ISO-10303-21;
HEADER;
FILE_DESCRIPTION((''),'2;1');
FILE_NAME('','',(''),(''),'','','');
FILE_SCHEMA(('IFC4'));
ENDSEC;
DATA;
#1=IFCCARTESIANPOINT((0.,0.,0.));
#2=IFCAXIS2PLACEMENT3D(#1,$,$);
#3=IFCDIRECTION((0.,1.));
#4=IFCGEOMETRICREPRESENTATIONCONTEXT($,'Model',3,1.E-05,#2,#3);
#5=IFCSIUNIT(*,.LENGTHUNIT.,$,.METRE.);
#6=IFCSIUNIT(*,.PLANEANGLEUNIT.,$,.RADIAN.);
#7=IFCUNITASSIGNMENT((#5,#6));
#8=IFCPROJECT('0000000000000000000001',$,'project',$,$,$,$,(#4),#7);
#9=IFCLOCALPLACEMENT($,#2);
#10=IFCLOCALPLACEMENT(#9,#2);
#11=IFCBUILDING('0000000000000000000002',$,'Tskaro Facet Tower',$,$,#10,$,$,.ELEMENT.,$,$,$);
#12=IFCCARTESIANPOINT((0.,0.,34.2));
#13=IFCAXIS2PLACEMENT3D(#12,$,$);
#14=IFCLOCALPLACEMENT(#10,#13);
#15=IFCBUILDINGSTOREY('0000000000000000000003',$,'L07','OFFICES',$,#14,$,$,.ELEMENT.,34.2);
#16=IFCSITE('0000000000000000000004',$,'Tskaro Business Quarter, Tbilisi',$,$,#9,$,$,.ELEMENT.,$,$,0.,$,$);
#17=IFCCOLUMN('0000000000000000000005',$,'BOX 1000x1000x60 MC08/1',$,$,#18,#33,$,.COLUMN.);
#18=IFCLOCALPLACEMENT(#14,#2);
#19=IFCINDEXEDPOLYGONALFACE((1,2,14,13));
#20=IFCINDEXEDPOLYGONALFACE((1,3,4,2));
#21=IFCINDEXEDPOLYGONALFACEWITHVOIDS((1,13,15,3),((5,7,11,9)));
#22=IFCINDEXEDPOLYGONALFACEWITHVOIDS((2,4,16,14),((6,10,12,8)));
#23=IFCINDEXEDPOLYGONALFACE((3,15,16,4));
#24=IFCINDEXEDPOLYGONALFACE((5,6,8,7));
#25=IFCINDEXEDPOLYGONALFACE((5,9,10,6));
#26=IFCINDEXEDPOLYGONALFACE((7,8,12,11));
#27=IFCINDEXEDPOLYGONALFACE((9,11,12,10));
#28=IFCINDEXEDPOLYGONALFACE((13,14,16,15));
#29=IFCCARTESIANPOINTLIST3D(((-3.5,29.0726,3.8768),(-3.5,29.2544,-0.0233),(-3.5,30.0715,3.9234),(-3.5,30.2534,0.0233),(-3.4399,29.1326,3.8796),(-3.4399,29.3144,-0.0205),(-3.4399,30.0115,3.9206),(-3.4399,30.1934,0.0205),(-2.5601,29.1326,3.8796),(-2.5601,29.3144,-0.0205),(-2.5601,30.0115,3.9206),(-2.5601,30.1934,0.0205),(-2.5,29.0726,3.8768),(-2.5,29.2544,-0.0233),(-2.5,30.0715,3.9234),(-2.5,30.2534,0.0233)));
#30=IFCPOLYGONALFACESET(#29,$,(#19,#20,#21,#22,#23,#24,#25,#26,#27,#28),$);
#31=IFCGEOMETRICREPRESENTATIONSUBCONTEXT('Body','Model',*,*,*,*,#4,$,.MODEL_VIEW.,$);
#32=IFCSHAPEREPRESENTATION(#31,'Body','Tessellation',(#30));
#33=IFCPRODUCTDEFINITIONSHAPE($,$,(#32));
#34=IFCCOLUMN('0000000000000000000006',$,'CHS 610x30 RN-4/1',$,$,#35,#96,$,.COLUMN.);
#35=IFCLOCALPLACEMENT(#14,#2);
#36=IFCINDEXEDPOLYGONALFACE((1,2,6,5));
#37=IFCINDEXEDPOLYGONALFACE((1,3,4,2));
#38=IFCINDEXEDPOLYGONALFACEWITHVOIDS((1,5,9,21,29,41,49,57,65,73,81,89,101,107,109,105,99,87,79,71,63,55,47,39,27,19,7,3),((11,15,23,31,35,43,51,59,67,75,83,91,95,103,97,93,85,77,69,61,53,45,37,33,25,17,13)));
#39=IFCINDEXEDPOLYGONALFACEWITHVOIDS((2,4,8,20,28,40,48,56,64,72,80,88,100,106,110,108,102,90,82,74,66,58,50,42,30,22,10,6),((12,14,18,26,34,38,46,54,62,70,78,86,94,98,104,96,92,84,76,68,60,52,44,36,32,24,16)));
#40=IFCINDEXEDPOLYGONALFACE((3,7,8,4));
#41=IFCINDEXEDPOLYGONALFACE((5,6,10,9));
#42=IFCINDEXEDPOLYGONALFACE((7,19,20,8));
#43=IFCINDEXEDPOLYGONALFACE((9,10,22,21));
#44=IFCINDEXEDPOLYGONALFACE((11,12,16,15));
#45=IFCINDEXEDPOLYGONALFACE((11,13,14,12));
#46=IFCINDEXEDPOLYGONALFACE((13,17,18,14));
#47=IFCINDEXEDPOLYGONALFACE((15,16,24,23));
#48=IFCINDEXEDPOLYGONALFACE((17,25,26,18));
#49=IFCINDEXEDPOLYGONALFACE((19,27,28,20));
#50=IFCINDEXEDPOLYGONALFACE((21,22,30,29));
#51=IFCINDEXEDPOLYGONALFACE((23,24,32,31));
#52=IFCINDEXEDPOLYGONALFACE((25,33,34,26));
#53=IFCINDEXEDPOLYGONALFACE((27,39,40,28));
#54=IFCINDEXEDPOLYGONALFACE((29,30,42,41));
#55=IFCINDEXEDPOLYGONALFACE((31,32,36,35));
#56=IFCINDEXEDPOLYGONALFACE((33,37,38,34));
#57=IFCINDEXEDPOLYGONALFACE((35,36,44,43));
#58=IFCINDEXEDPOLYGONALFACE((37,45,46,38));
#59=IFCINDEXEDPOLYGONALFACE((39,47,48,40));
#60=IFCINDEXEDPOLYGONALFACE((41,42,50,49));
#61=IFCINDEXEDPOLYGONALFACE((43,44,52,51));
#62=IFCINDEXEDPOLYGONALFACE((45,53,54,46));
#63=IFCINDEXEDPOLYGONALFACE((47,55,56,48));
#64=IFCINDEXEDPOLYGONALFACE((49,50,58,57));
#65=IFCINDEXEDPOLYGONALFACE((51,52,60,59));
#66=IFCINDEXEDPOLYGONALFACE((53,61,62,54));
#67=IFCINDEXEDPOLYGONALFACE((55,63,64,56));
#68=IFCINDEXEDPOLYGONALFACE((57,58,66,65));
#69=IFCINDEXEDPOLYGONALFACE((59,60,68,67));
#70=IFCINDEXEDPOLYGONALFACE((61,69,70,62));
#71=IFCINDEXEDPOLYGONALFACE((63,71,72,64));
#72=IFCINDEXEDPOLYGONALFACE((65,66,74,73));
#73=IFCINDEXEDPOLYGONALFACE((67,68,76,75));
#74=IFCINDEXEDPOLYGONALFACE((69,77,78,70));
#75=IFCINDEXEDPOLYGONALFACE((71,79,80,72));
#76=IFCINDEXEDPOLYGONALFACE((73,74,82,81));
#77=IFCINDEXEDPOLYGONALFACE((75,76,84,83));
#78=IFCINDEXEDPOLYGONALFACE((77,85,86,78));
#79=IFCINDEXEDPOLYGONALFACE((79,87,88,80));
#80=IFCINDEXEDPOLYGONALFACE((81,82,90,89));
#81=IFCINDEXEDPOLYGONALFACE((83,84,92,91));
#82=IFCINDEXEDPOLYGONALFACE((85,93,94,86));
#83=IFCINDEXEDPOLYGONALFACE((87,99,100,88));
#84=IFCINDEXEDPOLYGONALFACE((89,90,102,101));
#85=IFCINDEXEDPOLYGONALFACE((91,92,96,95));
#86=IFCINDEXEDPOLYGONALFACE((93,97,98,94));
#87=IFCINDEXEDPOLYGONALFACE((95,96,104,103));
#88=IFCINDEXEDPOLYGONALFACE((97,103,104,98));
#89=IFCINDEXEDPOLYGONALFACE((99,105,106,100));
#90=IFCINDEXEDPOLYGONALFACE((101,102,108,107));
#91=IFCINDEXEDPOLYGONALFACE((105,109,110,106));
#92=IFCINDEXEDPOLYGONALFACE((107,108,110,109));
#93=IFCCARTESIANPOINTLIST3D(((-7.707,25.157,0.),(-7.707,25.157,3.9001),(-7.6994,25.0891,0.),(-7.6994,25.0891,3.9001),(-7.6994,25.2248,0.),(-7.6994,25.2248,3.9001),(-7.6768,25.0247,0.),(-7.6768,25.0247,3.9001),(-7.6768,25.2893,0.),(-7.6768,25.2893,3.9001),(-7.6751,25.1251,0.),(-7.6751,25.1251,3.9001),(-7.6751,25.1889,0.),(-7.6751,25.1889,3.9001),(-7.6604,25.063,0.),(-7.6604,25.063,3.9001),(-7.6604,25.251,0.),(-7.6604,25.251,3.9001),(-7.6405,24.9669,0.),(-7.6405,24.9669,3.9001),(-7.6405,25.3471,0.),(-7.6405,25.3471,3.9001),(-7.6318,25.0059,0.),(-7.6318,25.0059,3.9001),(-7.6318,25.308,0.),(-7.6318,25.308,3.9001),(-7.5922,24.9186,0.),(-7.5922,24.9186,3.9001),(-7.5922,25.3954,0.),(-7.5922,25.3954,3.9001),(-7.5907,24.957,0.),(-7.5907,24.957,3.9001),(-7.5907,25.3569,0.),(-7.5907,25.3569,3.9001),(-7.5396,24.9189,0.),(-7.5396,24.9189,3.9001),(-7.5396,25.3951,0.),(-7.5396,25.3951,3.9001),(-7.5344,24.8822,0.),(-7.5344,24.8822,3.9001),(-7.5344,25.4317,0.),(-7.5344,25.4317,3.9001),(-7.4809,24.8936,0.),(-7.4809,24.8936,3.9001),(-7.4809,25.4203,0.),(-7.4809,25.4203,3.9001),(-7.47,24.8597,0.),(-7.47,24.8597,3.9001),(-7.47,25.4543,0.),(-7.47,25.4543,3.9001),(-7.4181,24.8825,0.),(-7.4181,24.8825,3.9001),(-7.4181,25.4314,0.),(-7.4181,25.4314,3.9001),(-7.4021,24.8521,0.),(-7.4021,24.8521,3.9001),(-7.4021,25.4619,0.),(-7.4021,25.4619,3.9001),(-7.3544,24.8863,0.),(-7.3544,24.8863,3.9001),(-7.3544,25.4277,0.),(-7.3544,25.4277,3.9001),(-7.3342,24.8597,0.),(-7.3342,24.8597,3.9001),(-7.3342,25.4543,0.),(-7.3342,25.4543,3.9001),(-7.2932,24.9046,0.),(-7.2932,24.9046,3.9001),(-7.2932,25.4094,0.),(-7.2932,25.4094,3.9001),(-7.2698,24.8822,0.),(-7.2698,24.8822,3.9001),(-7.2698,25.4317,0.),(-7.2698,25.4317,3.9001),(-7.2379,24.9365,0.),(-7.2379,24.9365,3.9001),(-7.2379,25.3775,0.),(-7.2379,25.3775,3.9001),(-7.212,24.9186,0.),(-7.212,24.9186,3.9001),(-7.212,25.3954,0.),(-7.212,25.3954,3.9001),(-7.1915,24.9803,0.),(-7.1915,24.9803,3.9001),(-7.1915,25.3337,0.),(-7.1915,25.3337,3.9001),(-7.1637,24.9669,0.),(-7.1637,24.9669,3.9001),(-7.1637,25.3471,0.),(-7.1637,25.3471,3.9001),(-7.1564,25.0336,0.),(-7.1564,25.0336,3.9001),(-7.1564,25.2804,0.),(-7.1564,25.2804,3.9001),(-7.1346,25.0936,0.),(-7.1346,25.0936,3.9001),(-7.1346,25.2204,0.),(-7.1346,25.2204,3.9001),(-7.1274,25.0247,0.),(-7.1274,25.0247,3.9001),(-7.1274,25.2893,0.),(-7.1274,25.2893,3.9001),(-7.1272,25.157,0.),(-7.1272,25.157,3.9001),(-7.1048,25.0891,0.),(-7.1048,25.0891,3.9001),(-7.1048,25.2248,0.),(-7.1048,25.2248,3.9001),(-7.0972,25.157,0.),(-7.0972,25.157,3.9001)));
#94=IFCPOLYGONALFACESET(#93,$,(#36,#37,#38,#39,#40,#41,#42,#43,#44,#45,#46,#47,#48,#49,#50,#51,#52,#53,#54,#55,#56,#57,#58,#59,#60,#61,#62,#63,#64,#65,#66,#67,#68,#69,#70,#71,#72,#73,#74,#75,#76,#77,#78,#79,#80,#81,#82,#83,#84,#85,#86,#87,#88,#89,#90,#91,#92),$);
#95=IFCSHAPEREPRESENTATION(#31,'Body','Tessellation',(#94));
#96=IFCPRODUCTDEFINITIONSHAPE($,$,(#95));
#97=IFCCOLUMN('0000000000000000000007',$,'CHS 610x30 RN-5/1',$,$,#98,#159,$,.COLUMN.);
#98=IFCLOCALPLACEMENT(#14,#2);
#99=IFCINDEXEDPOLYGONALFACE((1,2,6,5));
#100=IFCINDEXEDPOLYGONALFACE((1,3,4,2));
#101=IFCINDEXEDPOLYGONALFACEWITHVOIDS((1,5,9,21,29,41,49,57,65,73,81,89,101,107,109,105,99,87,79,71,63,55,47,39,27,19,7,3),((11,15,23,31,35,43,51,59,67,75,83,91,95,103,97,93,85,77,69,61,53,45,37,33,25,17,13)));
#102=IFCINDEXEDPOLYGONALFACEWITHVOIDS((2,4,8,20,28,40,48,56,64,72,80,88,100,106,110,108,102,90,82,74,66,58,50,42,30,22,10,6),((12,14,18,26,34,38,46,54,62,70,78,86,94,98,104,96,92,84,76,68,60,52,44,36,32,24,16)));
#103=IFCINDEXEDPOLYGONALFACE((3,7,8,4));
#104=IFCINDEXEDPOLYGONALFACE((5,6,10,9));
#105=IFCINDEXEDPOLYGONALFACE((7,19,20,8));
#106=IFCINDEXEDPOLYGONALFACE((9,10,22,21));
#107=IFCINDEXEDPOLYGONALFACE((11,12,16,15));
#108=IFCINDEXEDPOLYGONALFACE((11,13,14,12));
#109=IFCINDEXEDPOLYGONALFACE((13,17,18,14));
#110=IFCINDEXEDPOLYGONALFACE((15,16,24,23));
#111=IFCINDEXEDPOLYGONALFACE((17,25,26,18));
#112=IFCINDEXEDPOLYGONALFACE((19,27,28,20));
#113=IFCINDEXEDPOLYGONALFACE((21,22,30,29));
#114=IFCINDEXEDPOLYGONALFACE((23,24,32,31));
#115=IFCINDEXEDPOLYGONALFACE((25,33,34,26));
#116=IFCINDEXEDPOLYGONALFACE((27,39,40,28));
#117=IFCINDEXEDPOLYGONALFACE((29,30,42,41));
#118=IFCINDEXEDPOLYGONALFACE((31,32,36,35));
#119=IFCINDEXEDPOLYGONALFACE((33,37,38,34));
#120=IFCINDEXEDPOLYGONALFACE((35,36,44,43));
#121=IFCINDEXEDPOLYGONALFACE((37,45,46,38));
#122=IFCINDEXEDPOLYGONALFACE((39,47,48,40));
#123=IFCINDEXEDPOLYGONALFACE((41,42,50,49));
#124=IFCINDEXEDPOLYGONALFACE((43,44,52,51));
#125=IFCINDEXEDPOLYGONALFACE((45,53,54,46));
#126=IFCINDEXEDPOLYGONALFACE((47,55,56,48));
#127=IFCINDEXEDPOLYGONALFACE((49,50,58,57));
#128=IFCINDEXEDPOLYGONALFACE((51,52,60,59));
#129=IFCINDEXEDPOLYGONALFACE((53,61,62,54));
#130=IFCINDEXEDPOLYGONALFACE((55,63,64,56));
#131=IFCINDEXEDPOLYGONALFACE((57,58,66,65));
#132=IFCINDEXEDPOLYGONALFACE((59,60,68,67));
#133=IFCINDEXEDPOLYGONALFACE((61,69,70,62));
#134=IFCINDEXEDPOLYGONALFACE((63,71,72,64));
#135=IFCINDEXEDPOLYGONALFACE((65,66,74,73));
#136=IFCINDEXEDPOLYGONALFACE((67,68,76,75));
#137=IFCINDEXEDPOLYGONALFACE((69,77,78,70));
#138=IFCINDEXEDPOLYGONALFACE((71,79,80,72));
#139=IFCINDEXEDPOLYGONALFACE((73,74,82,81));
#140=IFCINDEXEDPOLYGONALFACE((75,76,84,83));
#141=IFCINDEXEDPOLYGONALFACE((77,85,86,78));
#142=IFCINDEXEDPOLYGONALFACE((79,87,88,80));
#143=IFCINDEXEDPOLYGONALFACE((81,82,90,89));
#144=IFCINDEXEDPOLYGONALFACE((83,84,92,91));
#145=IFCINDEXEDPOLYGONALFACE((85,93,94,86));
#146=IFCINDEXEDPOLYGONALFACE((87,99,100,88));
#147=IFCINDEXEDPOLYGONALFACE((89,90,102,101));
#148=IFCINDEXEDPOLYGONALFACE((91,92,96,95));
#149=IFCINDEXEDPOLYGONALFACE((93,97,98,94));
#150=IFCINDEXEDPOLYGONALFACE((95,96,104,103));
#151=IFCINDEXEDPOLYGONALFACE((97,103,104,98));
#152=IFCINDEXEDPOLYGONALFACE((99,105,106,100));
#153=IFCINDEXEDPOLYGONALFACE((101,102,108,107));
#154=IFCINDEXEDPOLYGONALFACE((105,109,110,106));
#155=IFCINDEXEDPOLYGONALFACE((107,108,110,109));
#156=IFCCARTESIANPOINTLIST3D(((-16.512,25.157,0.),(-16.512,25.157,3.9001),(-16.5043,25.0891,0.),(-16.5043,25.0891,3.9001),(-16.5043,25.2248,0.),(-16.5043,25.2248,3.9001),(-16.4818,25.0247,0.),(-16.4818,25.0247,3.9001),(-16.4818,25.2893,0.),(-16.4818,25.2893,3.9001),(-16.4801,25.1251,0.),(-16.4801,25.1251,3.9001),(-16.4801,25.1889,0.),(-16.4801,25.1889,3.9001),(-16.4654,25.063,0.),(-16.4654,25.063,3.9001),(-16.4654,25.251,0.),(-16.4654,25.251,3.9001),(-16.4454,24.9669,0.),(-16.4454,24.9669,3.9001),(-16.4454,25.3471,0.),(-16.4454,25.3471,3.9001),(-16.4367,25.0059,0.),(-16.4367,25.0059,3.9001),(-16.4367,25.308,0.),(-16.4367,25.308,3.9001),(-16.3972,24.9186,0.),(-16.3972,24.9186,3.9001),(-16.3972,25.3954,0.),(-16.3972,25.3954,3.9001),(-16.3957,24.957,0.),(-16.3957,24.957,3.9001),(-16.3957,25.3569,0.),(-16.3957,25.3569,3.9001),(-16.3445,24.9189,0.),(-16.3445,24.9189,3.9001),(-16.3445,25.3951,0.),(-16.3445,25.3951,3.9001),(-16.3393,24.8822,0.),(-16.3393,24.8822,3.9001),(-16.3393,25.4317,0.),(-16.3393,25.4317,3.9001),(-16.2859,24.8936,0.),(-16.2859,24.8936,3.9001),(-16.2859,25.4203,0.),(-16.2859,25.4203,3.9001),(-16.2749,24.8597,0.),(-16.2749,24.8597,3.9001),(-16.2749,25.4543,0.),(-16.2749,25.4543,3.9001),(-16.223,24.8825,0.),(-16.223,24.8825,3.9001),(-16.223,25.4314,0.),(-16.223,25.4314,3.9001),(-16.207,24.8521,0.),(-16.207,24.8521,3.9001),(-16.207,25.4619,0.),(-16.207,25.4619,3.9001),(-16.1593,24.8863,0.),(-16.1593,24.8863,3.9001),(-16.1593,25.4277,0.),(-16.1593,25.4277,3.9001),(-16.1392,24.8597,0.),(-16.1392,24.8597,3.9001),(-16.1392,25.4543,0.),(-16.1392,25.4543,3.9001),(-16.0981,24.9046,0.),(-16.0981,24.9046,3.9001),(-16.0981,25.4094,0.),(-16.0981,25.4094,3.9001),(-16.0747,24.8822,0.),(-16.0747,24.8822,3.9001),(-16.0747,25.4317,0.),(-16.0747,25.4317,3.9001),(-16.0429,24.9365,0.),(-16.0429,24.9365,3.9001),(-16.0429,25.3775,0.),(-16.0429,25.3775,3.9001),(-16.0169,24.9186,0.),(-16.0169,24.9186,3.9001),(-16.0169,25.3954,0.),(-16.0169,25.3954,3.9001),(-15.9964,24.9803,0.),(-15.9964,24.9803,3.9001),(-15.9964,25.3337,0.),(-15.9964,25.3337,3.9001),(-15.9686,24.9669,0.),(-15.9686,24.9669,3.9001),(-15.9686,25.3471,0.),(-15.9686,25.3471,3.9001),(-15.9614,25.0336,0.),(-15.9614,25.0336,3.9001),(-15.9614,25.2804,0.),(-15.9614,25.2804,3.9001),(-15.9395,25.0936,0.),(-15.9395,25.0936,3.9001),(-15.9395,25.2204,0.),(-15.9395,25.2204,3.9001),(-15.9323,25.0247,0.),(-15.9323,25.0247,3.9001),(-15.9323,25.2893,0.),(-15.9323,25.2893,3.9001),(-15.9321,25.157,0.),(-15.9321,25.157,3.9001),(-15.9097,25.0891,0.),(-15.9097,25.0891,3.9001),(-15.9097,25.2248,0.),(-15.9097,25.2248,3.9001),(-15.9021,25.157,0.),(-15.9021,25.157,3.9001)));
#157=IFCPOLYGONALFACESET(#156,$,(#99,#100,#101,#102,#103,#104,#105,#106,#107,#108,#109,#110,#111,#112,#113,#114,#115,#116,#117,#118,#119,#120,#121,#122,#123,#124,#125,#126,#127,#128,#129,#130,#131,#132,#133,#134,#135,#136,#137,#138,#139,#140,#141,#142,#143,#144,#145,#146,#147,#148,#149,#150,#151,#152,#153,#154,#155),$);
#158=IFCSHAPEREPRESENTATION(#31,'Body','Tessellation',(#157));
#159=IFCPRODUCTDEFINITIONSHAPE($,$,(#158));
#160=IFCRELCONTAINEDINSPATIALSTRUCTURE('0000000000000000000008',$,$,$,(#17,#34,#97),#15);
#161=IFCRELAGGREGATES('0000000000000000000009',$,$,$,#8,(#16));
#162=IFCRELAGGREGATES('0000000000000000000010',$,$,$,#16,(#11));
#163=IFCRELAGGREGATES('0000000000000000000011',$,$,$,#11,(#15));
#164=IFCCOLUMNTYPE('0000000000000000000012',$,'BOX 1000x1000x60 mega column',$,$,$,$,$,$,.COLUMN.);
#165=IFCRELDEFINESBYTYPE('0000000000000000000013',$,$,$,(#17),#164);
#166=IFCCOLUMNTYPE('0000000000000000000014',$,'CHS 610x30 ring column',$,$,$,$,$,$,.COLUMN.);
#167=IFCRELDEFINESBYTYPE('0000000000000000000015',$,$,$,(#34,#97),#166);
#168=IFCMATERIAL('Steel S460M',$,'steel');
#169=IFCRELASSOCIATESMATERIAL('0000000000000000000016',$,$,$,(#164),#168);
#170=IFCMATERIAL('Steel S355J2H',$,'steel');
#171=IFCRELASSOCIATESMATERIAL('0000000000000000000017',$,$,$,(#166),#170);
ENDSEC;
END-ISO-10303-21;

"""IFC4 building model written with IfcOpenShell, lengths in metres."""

from ifc_helpers import new_model, si_unit, direction, frame, origin, origin_2d, place, context, subcontext, project, spatial, hollow_rectangle, hollow_circle, extrude, material, material_profile, profile_set, type_object, element, save


model = new_model("IFC4")

# Units and contexts
model_context = context("Model", 3, precision=1e-05, world=origin(), true_north=direction((0.0, 1.0)))
body_context = subcontext(model_context, "Body", "Model", "MODEL_VIEW")
ifc_project = project(units=[si_unit("LENGTHUNIT", "METRE"), si_unit("PLANEANGLEUNIT", "RADIAN")], contexts=[model_context])

# Site, building, storey
site_placement = place(None, origin())
site = spatial("IfcSite", under=ifc_project, at=site_placement, Name="Tskaro Business Quarter, Tbilisi", CompositionType="ELEMENT", RefElevation=0.0)
building_placement = place(site_placement, origin())
building = spatial("IfcBuilding", under=site, at=building_placement, Name="Tskaro Facet Tower", CompositionType="ELEMENT")
storey_placement = place(building_placement, frame((0.0, 0.0, 34.2)))
storey = spatial("IfcBuildingStorey", under=building, at=storey_placement, Name="L07", Description="OFFICES", CompositionType="ELEMENT", Elevation=34.2)

# Columns
ifc_material_1 = material(Name="Steel S460M", Category="steel")
ifc_material_profile_1 = material_profile(ifc_material_1, hollow_rectangle(XDim=1.0, YDim=1.0, WallThickness=0.0601, at=origin_2d()), Name="BOX 1000x1000x60")
ifc_profile_set_1 = profile_set([ifc_material_profile_1], Name="Steel S460M")
column_type_1 = type_object("IfcColumnType", Name="BOX 1000x1000x60 mega column", PredefinedType="COLUMN", material=ifc_profile_set_1)
column_1_placement = place(storey_placement, frame((-3.0, 29.7539, 0.0), z_axis=(0.0, -0.046585, 0.998914), x_axis=(1.0, 0.0, 0.0)))
element("IfcColumn", 1, at=column_1_placement, inside=storey, type_object=column_type_1, Name="BOX 1000x1000x60 MC08/1", PredefinedType="COLUMN", context=body_context, shape_type="SweptSolid", body=[
    extrude(hollow_rectangle(XDim=1.0, YDim=1.0, WallThickness=0.0601, at=origin_2d()), origin(), (0.0, 0.0, 1.0), 3.9043),
])
ifc_material_2 = material(Name="Steel S355J2H", Category="steel")
ifc_material_profile_2 = material_profile(ifc_material_2, hollow_circle(Radius=0.3049, WallThickness=0.03, at=origin_2d()), Name="CHS 610x30")
ifc_profile_set_2 = profile_set([ifc_material_profile_2], Name="Steel S355J2H")
column_type_2 = type_object("IfcColumnType", Name="CHS 610x30 ring column", PredefinedType="COLUMN", material=ifc_profile_set_2)
for number, where, z_axis, x_axis, name in (
    (2, (-7.4021, 25.157, 0.0), (0.0, 0.0, 1.0), (1.0, 0.0, 0.0), "CHS 610x30 RN-4/1"),
    (3, (-16.207, 25.157, 0.0), (0.0, 0.0, 1.0), (1.0, 0.0, 0.0), "CHS 610x30 RN-5/1"),
):
    element("IfcColumn", number, at=place(storey_placement, frame(where, z_axis=z_axis, x_axis=x_axis)), inside=storey, type_object=column_type_2, Name=name, PredefinedType="COLUMN", context=body_context, shape_type="SweptSolid", body=[
        extrude(hollow_circle(Radius=0.3049, WallThickness=0.03, at=origin_2d()), origin(), (0.0, 0.0, 1.0), 3.9001),
    ])

save(model, "model.ifc")
